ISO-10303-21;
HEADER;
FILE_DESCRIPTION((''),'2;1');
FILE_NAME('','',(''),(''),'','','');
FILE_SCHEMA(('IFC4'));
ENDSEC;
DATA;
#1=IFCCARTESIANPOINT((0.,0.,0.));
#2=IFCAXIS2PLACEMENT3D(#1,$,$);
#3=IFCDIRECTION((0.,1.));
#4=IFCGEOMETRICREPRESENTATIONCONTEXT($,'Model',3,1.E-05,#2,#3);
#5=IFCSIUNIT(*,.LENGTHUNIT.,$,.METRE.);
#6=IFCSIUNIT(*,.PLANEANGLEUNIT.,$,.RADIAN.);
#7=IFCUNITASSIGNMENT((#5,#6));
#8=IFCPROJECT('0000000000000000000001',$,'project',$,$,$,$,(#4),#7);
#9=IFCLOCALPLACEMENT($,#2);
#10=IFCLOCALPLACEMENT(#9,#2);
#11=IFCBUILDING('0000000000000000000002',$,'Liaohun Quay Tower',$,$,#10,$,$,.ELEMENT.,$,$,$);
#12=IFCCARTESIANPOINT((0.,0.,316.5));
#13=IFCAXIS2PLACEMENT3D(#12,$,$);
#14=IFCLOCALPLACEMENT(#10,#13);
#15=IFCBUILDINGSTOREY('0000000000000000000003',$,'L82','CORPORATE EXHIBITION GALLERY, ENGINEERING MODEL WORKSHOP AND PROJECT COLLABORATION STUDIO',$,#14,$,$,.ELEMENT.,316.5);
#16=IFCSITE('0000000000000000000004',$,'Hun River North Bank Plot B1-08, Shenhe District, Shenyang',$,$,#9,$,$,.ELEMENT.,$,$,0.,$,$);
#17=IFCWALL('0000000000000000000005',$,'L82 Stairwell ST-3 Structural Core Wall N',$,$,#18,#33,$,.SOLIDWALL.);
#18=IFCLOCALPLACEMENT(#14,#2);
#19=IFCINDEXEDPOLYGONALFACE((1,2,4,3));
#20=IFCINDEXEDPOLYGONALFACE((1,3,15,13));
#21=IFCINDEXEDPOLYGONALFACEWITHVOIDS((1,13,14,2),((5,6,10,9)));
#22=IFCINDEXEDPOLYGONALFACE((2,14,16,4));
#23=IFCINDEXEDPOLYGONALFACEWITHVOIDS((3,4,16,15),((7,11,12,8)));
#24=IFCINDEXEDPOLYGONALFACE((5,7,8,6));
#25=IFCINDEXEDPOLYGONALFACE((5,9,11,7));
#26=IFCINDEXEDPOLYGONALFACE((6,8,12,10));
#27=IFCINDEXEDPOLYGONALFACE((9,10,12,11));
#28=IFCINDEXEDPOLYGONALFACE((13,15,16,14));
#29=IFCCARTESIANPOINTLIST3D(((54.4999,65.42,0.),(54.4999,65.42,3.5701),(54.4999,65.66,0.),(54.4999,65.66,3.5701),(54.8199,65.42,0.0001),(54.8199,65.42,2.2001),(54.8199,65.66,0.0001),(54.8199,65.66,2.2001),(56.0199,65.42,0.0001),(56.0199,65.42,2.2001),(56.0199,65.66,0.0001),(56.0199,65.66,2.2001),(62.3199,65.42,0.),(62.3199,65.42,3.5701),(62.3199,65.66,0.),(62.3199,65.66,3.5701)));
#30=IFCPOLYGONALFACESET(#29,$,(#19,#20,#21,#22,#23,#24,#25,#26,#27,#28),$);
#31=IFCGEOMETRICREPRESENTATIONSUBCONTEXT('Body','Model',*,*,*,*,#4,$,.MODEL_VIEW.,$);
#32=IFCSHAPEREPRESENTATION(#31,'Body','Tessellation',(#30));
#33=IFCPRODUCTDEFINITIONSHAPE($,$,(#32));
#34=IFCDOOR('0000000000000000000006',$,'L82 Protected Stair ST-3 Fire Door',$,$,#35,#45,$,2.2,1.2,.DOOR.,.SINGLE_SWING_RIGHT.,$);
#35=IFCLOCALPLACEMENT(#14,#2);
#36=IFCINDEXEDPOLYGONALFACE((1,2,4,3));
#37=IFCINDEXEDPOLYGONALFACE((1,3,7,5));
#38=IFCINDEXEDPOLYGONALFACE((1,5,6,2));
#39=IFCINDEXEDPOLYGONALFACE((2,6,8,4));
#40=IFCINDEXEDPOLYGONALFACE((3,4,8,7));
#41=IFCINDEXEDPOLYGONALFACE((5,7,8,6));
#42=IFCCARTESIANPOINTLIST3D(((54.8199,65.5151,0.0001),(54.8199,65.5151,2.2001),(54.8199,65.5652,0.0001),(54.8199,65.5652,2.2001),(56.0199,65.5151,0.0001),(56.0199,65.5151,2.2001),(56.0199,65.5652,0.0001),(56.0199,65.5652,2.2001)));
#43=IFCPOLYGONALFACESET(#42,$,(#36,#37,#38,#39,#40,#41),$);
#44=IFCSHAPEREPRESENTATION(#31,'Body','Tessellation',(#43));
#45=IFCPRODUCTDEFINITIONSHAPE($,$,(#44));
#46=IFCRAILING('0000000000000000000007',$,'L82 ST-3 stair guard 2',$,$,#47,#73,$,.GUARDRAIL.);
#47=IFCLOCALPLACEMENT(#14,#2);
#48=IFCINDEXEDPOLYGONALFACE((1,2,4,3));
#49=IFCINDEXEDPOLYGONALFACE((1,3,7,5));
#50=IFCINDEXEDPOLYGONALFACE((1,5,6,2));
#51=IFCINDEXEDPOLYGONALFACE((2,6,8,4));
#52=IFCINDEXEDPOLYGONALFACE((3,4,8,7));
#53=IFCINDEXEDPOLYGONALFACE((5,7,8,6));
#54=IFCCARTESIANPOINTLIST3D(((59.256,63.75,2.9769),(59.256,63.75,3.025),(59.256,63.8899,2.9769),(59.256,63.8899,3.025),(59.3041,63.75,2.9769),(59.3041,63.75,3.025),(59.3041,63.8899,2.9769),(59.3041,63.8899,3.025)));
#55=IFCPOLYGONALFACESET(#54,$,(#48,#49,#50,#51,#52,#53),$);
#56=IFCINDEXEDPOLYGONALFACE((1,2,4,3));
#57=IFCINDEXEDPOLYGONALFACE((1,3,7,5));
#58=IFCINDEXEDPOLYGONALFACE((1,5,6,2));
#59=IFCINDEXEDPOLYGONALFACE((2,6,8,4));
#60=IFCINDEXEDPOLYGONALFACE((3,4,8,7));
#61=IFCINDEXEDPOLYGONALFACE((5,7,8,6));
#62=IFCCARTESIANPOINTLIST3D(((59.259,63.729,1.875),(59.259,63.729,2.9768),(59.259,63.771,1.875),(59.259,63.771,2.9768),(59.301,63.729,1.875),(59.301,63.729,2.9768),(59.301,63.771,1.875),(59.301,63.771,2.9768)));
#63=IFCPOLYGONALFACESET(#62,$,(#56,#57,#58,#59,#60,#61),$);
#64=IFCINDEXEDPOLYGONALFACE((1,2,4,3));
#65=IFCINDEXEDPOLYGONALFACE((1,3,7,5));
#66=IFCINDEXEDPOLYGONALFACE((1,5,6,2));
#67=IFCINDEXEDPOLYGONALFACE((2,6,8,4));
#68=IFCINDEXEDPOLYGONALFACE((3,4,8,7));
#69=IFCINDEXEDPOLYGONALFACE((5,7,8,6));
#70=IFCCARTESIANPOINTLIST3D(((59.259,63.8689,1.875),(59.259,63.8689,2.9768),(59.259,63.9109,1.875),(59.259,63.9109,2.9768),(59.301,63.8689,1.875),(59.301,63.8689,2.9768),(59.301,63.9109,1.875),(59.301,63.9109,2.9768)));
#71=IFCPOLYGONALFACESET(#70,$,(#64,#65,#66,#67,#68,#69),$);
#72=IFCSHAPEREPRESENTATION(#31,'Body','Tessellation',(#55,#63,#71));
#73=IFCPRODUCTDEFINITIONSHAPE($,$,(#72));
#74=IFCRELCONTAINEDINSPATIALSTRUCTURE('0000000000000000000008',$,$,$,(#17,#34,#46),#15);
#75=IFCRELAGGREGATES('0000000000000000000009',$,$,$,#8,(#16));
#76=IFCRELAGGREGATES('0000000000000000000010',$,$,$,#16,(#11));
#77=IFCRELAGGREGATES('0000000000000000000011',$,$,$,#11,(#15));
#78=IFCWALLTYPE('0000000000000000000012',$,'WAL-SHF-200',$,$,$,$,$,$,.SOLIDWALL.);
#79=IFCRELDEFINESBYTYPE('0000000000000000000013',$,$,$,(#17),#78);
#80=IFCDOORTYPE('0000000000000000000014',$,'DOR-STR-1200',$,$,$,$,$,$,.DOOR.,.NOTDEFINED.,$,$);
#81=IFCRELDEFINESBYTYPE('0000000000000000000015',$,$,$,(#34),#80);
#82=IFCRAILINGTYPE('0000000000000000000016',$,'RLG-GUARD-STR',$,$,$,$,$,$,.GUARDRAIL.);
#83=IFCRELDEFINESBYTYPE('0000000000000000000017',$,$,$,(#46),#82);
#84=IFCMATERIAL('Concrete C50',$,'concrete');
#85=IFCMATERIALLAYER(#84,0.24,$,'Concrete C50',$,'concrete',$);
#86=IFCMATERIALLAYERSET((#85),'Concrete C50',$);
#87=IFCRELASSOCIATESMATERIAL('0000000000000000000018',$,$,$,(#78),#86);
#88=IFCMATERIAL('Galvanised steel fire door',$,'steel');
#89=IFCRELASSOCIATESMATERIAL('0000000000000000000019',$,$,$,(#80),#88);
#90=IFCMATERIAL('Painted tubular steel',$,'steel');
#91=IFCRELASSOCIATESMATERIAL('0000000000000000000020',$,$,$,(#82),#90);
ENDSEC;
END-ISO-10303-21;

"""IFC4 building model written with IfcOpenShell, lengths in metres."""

from ifc_helpers import new_model, si_unit, direction, frame, frame_2d, origin, origin_2d, place, context, subcontext, project, spatial, rectangle, extrude, source, transform, mapped, material, layer, layer_set, type_object, element, fill, save


model = new_model("IFC4")

# Units and contexts
model_context = context("Model", 3, precision=1e-05, world=origin(), true_north=direction((0.0, 1.0)))
body_context = subcontext(model_context, "Body", "Model", "MODEL_VIEW")
ifc_project = project(units=[si_unit("LENGTHUNIT", "METRE"), si_unit("PLANEANGLEUNIT", "RADIAN")], contexts=[model_context])

# Site, building, storey
site_placement = place(None, origin())
site = spatial("IfcSite", under=ifc_project, at=site_placement, Name="Hun River North Bank Plot B1-08, Shenhe District, Shenyang", CompositionType="ELEMENT", RefElevation=0.0)
building_placement = place(site_placement, origin())
building = spatial("IfcBuilding", under=site, at=building_placement, Name="Liaohun Quay Tower", CompositionType="ELEMENT")
storey_placement = place(building_placement, frame((0.0, 0.0, 316.5)))
storey = spatial("IfcBuildingStorey", under=building, at=storey_placement, Name="L82", Description="CORPORATE EXHIBITION GALLERY, ENGINEERING MODEL WORKSHOP AND PROJECT COLLABORATION STUDIO", CompositionType="ELEMENT", Elevation=316.5)

# Shared definitions
ifc_material_1 = material(Name="Concrete C50", Category="concrete")

# Shared definitions
ifc_layer_1 = layer(ifc_material_1, 0.24, Name="Concrete C50", Category="concrete")
ifc_layer_set_1 = layer_set([ifc_layer_1], Name="Concrete C50")
wall_type_1 = type_object("IfcWallType", Name="WAL-SHF-200", PredefinedType="SOLIDWALL", material=ifc_layer_set_1)

# Wall, opening, door
wall_1_placement = place(storey_placement, frame((62.3201, 65.54, 0.0), z_axis=(0.0, 0.0, 1.0), x_axis=(-1.0, 0.0, 0.0)))
wall_1 = element("IfcWall", 1, at=wall_1_placement, inside=storey, type_object=wall_type_1, Name="L82 Stairwell ST-3 Structural Core Wall N", PredefinedType="SOLIDWALL", context=body_context, shape_type="SweptSolid", body=[
    extrude(rectangle(XDim=7.8201, YDim=0.24, at=frame_2d((3.9102, 0.0))), origin(), (0.0, 0.0, 1.0), 3.5701),
])
shared_shape_1 = source(origin(), body_context, "Body", "SweptSolid", [
    extrude(rectangle(XDim=1.2, YDim=2.2, at=frame_2d((0.6001, 1.1001))), frame((0.0, 0.1299, 0.0), z_axis=(0.0, -1.0, 0.0), x_axis=(1.0, 0.0, 0.0)), (0.0, 0.0, 1.0), 0.26),
])
opening_1_placement = place(wall_1_placement, frame((6.3, 0.0, 0.0)))
opening_1 = element("IfcOpeningElement", 2, at=opening_1_placement, cuts=wall_1, PredefinedType="OPENING", context=body_context, shape_type="MappedRepresentation", body=[
    mapped(shared_shape_1, transform((0.0, 0.0, 0.0), x_axis=(1.0, 0.0, 0.0), y_axis=(0.0, 1.0, 0.0), z_axis=(0.0, 0.0, 1.0), scale=1.0)),
])
ifc_material_2 = material(Name="Galvanised steel fire door", Category="steel")
door_type_1 = type_object("IfcDoorType", Name="DOR-STR-1200", OperationType="NOTDEFINED", PredefinedType="DOOR", material=ifc_material_2)
shared_shape_2 = source(origin(), body_context, "Body", "SweptSolid", [
    extrude(rectangle(XDim=1.2, YDim=2.2, at=frame_2d((0.6001, 1.1001))), frame((0.0, 0.0249, 0.0), z_axis=(0.0, -1.0, 0.0), x_axis=(1.0, 0.0, 0.0)), (0.0, 0.0, 1.0), 0.05),
])
door_1_placement = place(opening_1_placement, origin())
door_1 = element("IfcDoor", 3, at=door_1_placement, inside=storey, type_object=door_type_1, Name="L82 Protected Stair ST-3 Fire Door", OperationType="SINGLE_SWING_RIGHT", OverallHeight=2.2, OverallWidth=1.2, PredefinedType="DOOR", context=body_context, shape_type="MappedRepresentation", body=[
    mapped(shared_shape_2, transform((0.0, 0.0, 0.0), x_axis=(1.0, 0.0, 0.0), y_axis=(0.0, 1.0, 0.0), z_axis=(0.0, 0.0, 1.0), scale=1.0)),
])
fill(opening_1, door_1)

# Railing
ifc_material_3 = material(Name="Painted tubular steel", Category="steel")
railing_type = type_object("IfcRailingType", Name="RLG-GUARD-STR", PredefinedType="GUARDRAIL", material=ifc_material_3)
railing_placement = place(storey_placement, frame((59.28, 63.75, 1.875)))
element("IfcRailing", 4, at=railing_placement, inside=storey, type_object=railing_type, Name="L82 ST-3 stair guard 2", PredefinedType="GUARDRAIL", context=body_context, shape_type="SweptSolid", body=[
    extrude(rectangle(XDim=0.0481, YDim=0.0481, at=origin_2d()), frame((0.0, 0.0, 1.126), z_axis=(0.0, 1.0, 0.0), x_axis=(-1.0, 0.0, 0.0)), (0.0, 0.0, 1.0), 0.1399),
    extrude(rectangle(XDim=0.042, YDim=0.042, at=origin_2d()), origin(), (0.0, 0.0, 1.0), 1.1018),
    extrude(rectangle(XDim=0.042, YDim=0.042, at=origin_2d()), frame((0.0, 0.1399, 0.0)), (0.0, 0.0, 1.0), 1.1018),
])

save(model, "model.ifc")
